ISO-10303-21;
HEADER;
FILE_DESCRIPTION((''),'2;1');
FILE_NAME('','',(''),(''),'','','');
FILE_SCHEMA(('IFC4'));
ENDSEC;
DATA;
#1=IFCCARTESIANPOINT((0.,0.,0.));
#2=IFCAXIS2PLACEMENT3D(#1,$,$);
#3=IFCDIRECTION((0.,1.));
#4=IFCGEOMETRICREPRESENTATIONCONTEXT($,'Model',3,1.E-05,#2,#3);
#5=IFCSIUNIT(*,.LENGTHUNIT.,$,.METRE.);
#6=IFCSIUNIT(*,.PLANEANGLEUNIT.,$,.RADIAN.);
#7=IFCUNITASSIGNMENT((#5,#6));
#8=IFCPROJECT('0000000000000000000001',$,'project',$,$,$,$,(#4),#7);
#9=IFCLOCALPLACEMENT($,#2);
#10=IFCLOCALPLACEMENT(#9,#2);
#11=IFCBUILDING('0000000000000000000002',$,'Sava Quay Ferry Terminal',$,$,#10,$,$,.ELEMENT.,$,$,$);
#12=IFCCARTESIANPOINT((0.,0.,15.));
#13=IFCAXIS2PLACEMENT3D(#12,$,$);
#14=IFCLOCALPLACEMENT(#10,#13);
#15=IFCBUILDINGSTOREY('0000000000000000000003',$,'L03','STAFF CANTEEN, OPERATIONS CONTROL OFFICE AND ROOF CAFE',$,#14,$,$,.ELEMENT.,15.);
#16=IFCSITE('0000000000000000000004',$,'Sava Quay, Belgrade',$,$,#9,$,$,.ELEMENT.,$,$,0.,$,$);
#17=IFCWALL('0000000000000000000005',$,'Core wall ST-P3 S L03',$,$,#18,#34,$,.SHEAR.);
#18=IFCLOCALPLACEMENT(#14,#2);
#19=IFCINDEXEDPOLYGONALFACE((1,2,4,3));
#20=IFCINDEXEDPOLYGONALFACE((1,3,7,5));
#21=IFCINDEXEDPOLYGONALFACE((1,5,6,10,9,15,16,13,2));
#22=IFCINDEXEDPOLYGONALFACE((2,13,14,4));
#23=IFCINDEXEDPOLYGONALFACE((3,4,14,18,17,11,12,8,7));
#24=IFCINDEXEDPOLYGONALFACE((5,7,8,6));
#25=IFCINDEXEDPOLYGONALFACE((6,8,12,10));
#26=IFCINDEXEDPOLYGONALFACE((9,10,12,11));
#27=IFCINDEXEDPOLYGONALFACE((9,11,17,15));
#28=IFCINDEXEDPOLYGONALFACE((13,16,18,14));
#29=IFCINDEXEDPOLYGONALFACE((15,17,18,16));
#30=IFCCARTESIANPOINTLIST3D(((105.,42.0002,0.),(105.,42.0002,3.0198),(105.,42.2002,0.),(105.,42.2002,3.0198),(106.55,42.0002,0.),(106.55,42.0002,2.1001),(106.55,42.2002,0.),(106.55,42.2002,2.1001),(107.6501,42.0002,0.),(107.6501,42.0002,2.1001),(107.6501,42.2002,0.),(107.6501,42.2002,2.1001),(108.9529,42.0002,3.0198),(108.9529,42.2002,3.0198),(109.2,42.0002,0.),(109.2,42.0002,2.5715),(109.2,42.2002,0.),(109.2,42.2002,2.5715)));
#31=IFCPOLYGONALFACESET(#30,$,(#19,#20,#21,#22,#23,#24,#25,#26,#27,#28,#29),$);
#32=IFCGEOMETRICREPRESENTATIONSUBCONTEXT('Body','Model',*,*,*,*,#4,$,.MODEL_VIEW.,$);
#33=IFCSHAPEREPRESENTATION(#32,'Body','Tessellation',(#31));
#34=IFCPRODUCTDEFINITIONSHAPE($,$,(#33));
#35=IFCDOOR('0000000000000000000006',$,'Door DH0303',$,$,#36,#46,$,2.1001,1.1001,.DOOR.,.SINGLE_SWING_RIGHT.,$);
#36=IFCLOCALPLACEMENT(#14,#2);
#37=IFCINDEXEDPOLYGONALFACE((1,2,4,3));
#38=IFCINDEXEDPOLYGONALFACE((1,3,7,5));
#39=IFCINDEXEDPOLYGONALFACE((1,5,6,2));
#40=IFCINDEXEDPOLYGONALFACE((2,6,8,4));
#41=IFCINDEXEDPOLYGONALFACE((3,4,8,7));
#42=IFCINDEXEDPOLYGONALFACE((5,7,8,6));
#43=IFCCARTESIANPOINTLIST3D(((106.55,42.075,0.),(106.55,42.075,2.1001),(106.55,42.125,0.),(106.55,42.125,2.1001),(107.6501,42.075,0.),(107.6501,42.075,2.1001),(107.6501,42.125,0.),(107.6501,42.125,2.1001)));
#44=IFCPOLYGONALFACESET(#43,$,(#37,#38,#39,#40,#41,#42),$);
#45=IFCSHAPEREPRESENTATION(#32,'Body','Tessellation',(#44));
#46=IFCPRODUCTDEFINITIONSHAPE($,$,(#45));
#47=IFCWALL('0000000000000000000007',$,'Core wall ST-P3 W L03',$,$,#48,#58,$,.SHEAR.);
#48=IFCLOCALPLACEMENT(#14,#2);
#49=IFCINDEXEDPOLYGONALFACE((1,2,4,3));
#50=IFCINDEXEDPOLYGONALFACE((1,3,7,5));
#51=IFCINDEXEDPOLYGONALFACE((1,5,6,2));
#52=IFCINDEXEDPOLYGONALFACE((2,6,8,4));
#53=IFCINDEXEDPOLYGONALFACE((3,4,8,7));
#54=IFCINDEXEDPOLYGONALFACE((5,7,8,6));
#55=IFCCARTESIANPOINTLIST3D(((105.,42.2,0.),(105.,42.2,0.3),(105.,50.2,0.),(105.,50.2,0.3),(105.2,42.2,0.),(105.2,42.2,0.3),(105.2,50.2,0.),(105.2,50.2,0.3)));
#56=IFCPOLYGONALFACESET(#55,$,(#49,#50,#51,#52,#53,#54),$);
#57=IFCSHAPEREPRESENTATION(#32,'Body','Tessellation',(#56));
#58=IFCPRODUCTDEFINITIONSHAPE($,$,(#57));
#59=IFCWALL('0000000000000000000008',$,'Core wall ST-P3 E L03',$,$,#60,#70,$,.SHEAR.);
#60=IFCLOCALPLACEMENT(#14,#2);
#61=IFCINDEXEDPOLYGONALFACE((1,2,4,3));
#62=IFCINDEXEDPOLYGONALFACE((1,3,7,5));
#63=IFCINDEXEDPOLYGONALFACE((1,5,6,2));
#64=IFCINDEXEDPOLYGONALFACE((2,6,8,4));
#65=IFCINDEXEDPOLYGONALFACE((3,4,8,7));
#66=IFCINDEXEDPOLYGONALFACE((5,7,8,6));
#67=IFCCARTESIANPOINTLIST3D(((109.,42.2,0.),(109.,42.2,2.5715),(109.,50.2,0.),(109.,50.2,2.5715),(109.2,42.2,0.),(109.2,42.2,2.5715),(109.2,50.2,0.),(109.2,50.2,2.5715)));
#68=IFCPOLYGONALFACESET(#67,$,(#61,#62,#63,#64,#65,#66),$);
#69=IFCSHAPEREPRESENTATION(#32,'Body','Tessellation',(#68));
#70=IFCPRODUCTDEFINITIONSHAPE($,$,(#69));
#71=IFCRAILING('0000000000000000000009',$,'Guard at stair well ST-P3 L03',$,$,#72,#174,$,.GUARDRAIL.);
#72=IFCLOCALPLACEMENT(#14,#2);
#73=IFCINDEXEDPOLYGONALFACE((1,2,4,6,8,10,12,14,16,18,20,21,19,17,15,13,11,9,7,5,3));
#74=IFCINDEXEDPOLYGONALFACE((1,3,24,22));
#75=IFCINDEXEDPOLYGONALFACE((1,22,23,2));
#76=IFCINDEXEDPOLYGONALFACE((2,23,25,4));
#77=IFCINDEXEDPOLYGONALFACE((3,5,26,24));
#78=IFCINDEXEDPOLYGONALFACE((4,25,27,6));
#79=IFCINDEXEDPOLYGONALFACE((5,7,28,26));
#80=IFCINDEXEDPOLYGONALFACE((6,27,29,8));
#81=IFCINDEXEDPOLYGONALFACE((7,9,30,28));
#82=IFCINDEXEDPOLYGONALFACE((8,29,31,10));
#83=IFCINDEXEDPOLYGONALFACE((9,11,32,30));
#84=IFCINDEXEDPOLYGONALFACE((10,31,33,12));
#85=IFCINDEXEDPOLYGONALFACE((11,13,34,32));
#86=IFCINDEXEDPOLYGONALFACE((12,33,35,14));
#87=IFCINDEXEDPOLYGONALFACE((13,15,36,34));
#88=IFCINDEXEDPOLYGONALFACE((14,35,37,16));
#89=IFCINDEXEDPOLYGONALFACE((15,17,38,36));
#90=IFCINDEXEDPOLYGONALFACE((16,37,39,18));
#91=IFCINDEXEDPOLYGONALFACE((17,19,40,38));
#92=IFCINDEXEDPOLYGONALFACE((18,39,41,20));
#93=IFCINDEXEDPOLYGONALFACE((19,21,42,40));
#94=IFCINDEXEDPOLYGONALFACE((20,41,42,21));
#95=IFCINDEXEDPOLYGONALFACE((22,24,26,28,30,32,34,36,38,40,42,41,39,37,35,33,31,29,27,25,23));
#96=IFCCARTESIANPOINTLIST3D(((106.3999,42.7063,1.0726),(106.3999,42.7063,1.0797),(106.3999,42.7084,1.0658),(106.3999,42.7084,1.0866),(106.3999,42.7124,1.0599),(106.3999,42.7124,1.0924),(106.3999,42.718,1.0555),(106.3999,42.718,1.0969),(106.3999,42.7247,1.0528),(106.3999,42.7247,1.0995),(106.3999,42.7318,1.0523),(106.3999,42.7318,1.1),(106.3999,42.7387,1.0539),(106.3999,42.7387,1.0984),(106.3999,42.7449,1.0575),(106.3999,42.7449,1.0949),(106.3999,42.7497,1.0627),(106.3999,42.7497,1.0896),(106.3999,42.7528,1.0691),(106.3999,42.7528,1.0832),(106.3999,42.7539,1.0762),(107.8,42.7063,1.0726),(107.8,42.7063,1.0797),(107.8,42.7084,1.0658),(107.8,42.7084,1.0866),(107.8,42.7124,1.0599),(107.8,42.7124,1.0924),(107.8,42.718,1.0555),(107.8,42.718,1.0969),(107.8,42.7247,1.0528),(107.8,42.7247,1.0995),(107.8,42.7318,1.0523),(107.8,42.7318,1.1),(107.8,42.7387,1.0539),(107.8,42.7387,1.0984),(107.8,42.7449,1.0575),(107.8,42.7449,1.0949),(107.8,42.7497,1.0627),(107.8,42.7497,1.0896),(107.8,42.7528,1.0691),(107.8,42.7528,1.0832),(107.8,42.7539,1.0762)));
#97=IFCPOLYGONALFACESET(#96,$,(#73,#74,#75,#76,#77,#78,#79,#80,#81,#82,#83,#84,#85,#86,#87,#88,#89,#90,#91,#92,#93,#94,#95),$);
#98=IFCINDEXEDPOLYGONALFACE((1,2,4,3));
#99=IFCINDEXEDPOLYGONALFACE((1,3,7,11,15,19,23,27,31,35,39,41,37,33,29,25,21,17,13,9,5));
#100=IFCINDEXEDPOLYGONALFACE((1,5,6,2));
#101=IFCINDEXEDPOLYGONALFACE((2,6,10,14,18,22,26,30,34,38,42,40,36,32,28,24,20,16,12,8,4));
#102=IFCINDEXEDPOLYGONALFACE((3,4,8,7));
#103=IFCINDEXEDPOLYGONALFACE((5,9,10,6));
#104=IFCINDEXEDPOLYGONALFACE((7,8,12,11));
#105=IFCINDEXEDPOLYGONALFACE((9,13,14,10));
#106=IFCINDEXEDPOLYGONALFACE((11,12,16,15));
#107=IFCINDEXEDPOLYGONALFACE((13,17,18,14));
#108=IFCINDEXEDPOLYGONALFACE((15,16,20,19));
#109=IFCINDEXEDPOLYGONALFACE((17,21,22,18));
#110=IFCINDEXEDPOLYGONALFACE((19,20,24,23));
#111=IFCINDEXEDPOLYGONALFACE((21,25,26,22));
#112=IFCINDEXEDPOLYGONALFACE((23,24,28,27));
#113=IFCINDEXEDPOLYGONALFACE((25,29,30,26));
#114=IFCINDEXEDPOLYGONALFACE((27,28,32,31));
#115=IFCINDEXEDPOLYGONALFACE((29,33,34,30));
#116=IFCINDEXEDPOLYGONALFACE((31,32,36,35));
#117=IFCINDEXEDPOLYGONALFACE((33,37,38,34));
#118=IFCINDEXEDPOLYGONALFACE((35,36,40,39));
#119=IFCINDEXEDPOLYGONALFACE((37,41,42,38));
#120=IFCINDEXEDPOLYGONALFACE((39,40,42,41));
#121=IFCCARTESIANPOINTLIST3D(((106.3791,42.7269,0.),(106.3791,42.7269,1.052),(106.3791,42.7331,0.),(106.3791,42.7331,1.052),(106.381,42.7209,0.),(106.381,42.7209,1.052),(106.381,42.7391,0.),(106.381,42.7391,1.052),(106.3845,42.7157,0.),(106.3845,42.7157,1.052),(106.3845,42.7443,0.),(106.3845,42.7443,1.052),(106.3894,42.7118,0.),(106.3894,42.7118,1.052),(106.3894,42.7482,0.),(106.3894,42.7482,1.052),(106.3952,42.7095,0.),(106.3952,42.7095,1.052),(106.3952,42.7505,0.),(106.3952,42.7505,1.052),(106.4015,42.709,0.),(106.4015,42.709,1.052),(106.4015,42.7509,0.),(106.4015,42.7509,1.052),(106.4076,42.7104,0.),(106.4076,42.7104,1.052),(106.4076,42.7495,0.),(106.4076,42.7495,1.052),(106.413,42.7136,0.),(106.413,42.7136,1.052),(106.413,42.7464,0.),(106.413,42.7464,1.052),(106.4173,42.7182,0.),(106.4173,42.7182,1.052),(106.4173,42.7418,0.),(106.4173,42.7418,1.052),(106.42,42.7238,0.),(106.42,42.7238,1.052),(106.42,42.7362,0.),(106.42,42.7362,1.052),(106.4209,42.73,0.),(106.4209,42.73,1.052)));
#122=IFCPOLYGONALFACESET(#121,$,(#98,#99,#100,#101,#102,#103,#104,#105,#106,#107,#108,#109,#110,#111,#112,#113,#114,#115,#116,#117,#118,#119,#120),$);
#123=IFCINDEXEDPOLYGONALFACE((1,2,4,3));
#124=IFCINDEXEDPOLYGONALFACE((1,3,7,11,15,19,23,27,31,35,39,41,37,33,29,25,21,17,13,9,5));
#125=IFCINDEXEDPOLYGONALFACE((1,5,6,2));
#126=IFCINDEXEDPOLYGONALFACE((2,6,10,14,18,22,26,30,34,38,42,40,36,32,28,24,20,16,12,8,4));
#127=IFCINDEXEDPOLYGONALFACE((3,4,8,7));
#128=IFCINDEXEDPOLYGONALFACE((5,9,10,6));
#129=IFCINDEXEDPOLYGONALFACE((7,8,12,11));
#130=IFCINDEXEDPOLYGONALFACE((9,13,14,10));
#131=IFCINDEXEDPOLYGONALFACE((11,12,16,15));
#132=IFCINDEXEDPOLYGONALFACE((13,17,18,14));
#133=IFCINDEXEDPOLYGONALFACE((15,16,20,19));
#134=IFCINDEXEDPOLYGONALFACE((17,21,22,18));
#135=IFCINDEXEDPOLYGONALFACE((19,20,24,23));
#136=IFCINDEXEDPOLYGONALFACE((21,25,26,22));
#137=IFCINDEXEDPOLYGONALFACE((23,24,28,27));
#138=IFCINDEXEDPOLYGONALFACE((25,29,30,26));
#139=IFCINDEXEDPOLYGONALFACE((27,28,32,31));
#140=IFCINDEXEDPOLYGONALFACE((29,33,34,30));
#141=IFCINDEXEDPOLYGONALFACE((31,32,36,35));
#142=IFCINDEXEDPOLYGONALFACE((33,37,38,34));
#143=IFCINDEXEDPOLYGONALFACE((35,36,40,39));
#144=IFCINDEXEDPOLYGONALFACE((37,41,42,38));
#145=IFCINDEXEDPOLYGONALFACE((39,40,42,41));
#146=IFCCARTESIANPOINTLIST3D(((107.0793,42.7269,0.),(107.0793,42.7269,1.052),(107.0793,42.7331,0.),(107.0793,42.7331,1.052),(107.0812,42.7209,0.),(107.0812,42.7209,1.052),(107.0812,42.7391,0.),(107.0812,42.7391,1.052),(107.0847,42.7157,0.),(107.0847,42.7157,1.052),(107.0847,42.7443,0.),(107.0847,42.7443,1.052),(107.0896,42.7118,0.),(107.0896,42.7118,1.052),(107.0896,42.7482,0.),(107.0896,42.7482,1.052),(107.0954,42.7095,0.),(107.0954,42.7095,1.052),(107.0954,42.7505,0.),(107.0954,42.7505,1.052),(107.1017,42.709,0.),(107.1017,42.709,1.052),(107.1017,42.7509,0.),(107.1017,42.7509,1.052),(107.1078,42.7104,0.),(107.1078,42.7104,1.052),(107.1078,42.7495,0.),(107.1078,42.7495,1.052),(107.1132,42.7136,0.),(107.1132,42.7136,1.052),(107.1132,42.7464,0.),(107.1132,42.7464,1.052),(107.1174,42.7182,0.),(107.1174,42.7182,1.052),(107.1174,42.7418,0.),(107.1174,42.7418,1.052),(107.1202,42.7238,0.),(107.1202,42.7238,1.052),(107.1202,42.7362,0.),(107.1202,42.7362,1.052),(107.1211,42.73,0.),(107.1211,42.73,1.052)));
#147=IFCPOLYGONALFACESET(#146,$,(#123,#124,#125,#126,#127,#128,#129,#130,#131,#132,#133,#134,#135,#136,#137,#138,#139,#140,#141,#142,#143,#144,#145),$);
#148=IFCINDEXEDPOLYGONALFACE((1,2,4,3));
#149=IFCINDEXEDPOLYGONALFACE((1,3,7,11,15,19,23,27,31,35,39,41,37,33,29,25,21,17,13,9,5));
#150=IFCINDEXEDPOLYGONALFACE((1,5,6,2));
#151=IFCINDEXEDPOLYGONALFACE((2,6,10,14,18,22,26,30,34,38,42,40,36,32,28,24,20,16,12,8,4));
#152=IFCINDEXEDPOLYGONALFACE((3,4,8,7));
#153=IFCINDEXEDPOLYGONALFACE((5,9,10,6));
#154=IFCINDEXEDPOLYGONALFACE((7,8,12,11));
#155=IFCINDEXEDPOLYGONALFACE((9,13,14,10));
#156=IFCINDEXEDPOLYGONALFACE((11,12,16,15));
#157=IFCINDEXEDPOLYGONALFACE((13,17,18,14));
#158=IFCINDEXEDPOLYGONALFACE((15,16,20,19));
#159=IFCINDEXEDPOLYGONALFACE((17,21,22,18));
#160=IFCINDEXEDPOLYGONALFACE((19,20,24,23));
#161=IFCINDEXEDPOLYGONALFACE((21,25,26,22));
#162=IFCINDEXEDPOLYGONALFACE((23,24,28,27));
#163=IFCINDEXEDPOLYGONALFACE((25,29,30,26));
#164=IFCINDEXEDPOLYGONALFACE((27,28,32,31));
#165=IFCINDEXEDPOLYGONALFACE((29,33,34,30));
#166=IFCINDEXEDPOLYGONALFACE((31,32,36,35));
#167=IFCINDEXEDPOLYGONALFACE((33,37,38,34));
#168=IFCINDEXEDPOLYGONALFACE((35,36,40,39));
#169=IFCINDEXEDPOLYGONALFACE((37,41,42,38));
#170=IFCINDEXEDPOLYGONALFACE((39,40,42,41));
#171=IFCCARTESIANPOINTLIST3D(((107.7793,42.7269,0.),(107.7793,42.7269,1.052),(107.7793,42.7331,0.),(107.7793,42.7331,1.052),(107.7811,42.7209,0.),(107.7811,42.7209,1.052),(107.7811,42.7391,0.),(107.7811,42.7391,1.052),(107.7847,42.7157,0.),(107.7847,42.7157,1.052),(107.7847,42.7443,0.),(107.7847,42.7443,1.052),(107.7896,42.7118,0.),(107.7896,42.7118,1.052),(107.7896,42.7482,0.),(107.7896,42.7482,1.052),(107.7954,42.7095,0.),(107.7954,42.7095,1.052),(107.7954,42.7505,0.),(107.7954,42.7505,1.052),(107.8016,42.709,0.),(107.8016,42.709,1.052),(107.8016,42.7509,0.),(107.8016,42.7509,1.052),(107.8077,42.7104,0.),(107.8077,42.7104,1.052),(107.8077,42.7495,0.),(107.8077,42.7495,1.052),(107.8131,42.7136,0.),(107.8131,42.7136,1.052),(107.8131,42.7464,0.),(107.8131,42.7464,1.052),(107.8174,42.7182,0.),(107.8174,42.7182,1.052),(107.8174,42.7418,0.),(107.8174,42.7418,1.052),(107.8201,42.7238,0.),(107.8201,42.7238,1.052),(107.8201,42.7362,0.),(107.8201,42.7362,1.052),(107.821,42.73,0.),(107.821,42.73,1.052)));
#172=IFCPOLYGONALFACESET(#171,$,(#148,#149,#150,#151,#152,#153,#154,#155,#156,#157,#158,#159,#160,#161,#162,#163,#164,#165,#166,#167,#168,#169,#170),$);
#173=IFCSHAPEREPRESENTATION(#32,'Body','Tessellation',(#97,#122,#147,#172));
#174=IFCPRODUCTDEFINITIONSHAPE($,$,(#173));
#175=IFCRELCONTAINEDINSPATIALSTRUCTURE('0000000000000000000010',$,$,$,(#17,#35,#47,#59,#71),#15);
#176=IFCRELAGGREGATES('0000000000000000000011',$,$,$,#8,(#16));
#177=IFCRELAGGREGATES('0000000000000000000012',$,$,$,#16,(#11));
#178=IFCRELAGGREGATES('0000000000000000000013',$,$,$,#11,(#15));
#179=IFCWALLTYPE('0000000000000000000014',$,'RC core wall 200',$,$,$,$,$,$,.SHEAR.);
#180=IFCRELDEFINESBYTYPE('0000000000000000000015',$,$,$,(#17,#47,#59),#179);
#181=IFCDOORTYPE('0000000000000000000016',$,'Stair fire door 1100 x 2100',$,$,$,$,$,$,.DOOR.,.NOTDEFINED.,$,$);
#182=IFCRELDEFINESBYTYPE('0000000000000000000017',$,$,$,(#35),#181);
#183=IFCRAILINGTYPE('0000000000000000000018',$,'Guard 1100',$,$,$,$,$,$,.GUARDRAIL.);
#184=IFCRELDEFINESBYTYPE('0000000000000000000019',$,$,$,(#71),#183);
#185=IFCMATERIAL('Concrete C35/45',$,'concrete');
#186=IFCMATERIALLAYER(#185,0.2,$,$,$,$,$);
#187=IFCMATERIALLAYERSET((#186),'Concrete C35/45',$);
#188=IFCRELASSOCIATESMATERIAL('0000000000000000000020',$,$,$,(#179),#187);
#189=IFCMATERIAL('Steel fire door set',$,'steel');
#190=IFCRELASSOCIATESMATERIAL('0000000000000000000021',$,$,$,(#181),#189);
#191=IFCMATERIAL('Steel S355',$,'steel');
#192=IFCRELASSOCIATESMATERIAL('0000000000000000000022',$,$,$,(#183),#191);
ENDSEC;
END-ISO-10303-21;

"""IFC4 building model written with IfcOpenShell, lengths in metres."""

from ifc_helpers import new_model, si_unit, direction, frame, frame_2d, origin, origin_2d, place, context, subcontext, project, spatial, polyline, rectangle, circle, outline, extrude, material, layer, layer_set, type_object, element, fill, save


model = new_model("IFC4")

# Units and contexts
model_context = context("Model", 3, precision=1e-05, world=origin(), true_north=direction((0.0, 1.0)))
body_context = subcontext(model_context, "Body", "Model", "MODEL_VIEW")
ifc_project = project(units=[si_unit("LENGTHUNIT", "METRE"), si_unit("PLANEANGLEUNIT", "RADIAN")], contexts=[model_context])

# Site, building, storey
site_placement = place(None, origin())
site = spatial("IfcSite", under=ifc_project, at=site_placement, Name="Sava Quay, Belgrade", CompositionType="ELEMENT", RefElevation=0.0)
building_placement = place(site_placement, origin())
building = spatial("IfcBuilding", under=site, at=building_placement, Name="Sava Quay Ferry Terminal", CompositionType="ELEMENT")
storey_placement = place(building_placement, frame((0.0, 0.0, 15.0)))
storey = spatial("IfcBuildingStorey", under=building, at=storey_placement, Name="L03", Description="STAFF CANTEEN, OPERATIONS CONTROL OFFICE AND ROOF CAFE", CompositionType="ELEMENT", Elevation=15.0)

# Wall, opening, door
ifc_material_1 = material(Name="Concrete C35/45", Category="concrete")
ifc_layer_1 = layer(ifc_material_1, 0.2)
ifc_layer_set_1 = layer_set([ifc_layer_1], Name="Concrete C35/45")
wall_type_1 = type_object("IfcWallType", Name="RC core wall 200", PredefinedType="SHEAR", material=ifc_layer_set_1)
wall_1_placement = place(storey_placement, frame((105.0, 42.1001, 0.0), z_axis=(0.0, 0.0, 1.0), x_axis=(1.0, 0.0, 0.0)))
wall_1 = element("IfcWall", 1, at=wall_1_placement, inside=storey, type_object=wall_type_1, Name="Core wall ST-P3 S L03", PredefinedType="SHEAR", context=body_context, shape_type="SweptSolid", body=[
    extrude(outline(polyline([(0.0, 0.0), (4.2, 0.0), (4.2, 2.5715), (3.9529, 3.0198), (0.0, 3.0198), (0.0, 0.0)])), frame((0.0, 0.1001, 0.0), z_axis=(0.0, -1.0, 0.0), x_axis=(1.0, 0.0, 0.0)), (0.0, 0.0, 1.0), 0.2),
])
opening_placement = place(wall_1_placement, frame((1.55, 0.0, 0.0)))
opening = element("IfcOpeningElement", 2, at=opening_placement, cuts=wall_1, PredefinedType="OPENING", context=body_context, shape_type="SweptSolid", body=[
    extrude(rectangle(XDim=1.1001, YDim=2.1001, at=frame_2d((0.55, 1.05))), frame((0.0, 0.1001, 0.0), z_axis=(0.0, -1.0, 0.0), x_axis=(1.0, 0.0, 0.0)), (0.0, 0.0, 1.0), 0.2),
])
ifc_material_2 = material(Name="Steel fire door set", Category="steel")
door_type = type_object("IfcDoorType", Name="Stair fire door 1100 x 2100", OperationType="NOTDEFINED", PredefinedType="DOOR", material=ifc_material_2)
door_placement = place(opening_placement, origin())
door = element("IfcDoor", 3, at=door_placement, inside=storey, type_object=door_type, Name="Door DH0303", OperationType="SINGLE_SWING_RIGHT", OverallHeight=2.1001, OverallWidth=1.1001, PredefinedType="DOOR", context=body_context, shape_type="SweptSolid", body=[
    extrude(rectangle(XDim=1.1001, YDim=2.1001, at=frame_2d((0.55, 1.05))), frame((0.0, 0.0249, 0.0), z_axis=(0.0, -1.0, 0.0), x_axis=(1.0, 0.0, 0.0)), (0.0, 0.0, 1.0), 0.05),
])
fill(opening, door)

# Walls
wall_2_placement = place(storey_placement, frame((105.1001, 42.2, 0.0), z_axis=(0.0, 0.0, 1.0), x_axis=(0.0, 1.0, 0.0)))
element("IfcWall", 4, at=wall_2_placement, inside=storey, type_object=wall_type_1, Name="Core wall ST-P3 W L03", PredefinedType="SHEAR", context=body_context, shape_type="SweptSolid", body=[
    extrude(outline(polyline([(0.0, 0.0), (8.0, 0.0), (8.0, 0.3), (0.0, 0.3), (0.0, 0.0)])), frame((0.0, 0.1001, 0.0), z_axis=(0.0, -1.0, 0.0), x_axis=(1.0, 0.0, 0.0)), (0.0, 0.0, 1.0), 0.2),
])
wall_3_placement = place(storey_placement, frame((109.1001, 42.2, 0.0), z_axis=(0.0, 0.0, 1.0), x_axis=(0.0, 1.0, 0.0)))
element("IfcWall", 5, at=wall_3_placement, inside=storey, type_object=wall_type_1, Name="Core wall ST-P3 E L03", PredefinedType="SHEAR", context=body_context, shape_type="SweptSolid", body=[
    extrude(outline(polyline([(0.0, 0.0), (8.0, 0.0), (8.0, 2.5715), (0.0, 2.5715), (0.0, 0.0)])), frame((0.0, 0.1001, 0.0), z_axis=(0.0, -1.0, 0.0), x_axis=(1.0, 0.0, 0.0)), (0.0, 0.0, 1.0), 0.2),
])

# Railing
ifc_material_3 = material(Name="Steel S355", Category="steel")
railing_type = type_object("IfcRailingType", Name="Guard 1100", PredefinedType="GUARDRAIL", material=ifc_material_3)
railing_1_placement = place(storey_placement, frame((106.3999, 42.73, 0.0)))
element("IfcRailing", 6, at=railing_1_placement, inside=storey, type_object=railing_type, Name="Guard at stair well ST-P3 L03", PredefinedType="GUARDRAIL", context=body_context, shape_type="SweptSolid", body=[
    extrude(circle(Radius=0.0239, at=origin_2d()), frame((0.0, 0.0, 1.0762), z_axis=(1.0, 0.0, 0.0), x_axis=(0.0, 1.0, 0.0)), (0.0, 0.0, 1.0), 1.4001),
    extrude(circle(Radius=0.021, at=origin_2d()), origin(), (0.0, 0.0, 1.0), 1.052),
    extrude(circle(Radius=0.021, at=origin_2d()), frame((0.7002, 0.0, 0.0)), (0.0, 0.0, 1.0), 1.052),
    extrude(circle(Radius=0.021, at=origin_2d()), frame((1.4001, 0.0, 0.0)), (0.0, 0.0, 1.0), 1.052),
])

save(model, "model.ifc")
